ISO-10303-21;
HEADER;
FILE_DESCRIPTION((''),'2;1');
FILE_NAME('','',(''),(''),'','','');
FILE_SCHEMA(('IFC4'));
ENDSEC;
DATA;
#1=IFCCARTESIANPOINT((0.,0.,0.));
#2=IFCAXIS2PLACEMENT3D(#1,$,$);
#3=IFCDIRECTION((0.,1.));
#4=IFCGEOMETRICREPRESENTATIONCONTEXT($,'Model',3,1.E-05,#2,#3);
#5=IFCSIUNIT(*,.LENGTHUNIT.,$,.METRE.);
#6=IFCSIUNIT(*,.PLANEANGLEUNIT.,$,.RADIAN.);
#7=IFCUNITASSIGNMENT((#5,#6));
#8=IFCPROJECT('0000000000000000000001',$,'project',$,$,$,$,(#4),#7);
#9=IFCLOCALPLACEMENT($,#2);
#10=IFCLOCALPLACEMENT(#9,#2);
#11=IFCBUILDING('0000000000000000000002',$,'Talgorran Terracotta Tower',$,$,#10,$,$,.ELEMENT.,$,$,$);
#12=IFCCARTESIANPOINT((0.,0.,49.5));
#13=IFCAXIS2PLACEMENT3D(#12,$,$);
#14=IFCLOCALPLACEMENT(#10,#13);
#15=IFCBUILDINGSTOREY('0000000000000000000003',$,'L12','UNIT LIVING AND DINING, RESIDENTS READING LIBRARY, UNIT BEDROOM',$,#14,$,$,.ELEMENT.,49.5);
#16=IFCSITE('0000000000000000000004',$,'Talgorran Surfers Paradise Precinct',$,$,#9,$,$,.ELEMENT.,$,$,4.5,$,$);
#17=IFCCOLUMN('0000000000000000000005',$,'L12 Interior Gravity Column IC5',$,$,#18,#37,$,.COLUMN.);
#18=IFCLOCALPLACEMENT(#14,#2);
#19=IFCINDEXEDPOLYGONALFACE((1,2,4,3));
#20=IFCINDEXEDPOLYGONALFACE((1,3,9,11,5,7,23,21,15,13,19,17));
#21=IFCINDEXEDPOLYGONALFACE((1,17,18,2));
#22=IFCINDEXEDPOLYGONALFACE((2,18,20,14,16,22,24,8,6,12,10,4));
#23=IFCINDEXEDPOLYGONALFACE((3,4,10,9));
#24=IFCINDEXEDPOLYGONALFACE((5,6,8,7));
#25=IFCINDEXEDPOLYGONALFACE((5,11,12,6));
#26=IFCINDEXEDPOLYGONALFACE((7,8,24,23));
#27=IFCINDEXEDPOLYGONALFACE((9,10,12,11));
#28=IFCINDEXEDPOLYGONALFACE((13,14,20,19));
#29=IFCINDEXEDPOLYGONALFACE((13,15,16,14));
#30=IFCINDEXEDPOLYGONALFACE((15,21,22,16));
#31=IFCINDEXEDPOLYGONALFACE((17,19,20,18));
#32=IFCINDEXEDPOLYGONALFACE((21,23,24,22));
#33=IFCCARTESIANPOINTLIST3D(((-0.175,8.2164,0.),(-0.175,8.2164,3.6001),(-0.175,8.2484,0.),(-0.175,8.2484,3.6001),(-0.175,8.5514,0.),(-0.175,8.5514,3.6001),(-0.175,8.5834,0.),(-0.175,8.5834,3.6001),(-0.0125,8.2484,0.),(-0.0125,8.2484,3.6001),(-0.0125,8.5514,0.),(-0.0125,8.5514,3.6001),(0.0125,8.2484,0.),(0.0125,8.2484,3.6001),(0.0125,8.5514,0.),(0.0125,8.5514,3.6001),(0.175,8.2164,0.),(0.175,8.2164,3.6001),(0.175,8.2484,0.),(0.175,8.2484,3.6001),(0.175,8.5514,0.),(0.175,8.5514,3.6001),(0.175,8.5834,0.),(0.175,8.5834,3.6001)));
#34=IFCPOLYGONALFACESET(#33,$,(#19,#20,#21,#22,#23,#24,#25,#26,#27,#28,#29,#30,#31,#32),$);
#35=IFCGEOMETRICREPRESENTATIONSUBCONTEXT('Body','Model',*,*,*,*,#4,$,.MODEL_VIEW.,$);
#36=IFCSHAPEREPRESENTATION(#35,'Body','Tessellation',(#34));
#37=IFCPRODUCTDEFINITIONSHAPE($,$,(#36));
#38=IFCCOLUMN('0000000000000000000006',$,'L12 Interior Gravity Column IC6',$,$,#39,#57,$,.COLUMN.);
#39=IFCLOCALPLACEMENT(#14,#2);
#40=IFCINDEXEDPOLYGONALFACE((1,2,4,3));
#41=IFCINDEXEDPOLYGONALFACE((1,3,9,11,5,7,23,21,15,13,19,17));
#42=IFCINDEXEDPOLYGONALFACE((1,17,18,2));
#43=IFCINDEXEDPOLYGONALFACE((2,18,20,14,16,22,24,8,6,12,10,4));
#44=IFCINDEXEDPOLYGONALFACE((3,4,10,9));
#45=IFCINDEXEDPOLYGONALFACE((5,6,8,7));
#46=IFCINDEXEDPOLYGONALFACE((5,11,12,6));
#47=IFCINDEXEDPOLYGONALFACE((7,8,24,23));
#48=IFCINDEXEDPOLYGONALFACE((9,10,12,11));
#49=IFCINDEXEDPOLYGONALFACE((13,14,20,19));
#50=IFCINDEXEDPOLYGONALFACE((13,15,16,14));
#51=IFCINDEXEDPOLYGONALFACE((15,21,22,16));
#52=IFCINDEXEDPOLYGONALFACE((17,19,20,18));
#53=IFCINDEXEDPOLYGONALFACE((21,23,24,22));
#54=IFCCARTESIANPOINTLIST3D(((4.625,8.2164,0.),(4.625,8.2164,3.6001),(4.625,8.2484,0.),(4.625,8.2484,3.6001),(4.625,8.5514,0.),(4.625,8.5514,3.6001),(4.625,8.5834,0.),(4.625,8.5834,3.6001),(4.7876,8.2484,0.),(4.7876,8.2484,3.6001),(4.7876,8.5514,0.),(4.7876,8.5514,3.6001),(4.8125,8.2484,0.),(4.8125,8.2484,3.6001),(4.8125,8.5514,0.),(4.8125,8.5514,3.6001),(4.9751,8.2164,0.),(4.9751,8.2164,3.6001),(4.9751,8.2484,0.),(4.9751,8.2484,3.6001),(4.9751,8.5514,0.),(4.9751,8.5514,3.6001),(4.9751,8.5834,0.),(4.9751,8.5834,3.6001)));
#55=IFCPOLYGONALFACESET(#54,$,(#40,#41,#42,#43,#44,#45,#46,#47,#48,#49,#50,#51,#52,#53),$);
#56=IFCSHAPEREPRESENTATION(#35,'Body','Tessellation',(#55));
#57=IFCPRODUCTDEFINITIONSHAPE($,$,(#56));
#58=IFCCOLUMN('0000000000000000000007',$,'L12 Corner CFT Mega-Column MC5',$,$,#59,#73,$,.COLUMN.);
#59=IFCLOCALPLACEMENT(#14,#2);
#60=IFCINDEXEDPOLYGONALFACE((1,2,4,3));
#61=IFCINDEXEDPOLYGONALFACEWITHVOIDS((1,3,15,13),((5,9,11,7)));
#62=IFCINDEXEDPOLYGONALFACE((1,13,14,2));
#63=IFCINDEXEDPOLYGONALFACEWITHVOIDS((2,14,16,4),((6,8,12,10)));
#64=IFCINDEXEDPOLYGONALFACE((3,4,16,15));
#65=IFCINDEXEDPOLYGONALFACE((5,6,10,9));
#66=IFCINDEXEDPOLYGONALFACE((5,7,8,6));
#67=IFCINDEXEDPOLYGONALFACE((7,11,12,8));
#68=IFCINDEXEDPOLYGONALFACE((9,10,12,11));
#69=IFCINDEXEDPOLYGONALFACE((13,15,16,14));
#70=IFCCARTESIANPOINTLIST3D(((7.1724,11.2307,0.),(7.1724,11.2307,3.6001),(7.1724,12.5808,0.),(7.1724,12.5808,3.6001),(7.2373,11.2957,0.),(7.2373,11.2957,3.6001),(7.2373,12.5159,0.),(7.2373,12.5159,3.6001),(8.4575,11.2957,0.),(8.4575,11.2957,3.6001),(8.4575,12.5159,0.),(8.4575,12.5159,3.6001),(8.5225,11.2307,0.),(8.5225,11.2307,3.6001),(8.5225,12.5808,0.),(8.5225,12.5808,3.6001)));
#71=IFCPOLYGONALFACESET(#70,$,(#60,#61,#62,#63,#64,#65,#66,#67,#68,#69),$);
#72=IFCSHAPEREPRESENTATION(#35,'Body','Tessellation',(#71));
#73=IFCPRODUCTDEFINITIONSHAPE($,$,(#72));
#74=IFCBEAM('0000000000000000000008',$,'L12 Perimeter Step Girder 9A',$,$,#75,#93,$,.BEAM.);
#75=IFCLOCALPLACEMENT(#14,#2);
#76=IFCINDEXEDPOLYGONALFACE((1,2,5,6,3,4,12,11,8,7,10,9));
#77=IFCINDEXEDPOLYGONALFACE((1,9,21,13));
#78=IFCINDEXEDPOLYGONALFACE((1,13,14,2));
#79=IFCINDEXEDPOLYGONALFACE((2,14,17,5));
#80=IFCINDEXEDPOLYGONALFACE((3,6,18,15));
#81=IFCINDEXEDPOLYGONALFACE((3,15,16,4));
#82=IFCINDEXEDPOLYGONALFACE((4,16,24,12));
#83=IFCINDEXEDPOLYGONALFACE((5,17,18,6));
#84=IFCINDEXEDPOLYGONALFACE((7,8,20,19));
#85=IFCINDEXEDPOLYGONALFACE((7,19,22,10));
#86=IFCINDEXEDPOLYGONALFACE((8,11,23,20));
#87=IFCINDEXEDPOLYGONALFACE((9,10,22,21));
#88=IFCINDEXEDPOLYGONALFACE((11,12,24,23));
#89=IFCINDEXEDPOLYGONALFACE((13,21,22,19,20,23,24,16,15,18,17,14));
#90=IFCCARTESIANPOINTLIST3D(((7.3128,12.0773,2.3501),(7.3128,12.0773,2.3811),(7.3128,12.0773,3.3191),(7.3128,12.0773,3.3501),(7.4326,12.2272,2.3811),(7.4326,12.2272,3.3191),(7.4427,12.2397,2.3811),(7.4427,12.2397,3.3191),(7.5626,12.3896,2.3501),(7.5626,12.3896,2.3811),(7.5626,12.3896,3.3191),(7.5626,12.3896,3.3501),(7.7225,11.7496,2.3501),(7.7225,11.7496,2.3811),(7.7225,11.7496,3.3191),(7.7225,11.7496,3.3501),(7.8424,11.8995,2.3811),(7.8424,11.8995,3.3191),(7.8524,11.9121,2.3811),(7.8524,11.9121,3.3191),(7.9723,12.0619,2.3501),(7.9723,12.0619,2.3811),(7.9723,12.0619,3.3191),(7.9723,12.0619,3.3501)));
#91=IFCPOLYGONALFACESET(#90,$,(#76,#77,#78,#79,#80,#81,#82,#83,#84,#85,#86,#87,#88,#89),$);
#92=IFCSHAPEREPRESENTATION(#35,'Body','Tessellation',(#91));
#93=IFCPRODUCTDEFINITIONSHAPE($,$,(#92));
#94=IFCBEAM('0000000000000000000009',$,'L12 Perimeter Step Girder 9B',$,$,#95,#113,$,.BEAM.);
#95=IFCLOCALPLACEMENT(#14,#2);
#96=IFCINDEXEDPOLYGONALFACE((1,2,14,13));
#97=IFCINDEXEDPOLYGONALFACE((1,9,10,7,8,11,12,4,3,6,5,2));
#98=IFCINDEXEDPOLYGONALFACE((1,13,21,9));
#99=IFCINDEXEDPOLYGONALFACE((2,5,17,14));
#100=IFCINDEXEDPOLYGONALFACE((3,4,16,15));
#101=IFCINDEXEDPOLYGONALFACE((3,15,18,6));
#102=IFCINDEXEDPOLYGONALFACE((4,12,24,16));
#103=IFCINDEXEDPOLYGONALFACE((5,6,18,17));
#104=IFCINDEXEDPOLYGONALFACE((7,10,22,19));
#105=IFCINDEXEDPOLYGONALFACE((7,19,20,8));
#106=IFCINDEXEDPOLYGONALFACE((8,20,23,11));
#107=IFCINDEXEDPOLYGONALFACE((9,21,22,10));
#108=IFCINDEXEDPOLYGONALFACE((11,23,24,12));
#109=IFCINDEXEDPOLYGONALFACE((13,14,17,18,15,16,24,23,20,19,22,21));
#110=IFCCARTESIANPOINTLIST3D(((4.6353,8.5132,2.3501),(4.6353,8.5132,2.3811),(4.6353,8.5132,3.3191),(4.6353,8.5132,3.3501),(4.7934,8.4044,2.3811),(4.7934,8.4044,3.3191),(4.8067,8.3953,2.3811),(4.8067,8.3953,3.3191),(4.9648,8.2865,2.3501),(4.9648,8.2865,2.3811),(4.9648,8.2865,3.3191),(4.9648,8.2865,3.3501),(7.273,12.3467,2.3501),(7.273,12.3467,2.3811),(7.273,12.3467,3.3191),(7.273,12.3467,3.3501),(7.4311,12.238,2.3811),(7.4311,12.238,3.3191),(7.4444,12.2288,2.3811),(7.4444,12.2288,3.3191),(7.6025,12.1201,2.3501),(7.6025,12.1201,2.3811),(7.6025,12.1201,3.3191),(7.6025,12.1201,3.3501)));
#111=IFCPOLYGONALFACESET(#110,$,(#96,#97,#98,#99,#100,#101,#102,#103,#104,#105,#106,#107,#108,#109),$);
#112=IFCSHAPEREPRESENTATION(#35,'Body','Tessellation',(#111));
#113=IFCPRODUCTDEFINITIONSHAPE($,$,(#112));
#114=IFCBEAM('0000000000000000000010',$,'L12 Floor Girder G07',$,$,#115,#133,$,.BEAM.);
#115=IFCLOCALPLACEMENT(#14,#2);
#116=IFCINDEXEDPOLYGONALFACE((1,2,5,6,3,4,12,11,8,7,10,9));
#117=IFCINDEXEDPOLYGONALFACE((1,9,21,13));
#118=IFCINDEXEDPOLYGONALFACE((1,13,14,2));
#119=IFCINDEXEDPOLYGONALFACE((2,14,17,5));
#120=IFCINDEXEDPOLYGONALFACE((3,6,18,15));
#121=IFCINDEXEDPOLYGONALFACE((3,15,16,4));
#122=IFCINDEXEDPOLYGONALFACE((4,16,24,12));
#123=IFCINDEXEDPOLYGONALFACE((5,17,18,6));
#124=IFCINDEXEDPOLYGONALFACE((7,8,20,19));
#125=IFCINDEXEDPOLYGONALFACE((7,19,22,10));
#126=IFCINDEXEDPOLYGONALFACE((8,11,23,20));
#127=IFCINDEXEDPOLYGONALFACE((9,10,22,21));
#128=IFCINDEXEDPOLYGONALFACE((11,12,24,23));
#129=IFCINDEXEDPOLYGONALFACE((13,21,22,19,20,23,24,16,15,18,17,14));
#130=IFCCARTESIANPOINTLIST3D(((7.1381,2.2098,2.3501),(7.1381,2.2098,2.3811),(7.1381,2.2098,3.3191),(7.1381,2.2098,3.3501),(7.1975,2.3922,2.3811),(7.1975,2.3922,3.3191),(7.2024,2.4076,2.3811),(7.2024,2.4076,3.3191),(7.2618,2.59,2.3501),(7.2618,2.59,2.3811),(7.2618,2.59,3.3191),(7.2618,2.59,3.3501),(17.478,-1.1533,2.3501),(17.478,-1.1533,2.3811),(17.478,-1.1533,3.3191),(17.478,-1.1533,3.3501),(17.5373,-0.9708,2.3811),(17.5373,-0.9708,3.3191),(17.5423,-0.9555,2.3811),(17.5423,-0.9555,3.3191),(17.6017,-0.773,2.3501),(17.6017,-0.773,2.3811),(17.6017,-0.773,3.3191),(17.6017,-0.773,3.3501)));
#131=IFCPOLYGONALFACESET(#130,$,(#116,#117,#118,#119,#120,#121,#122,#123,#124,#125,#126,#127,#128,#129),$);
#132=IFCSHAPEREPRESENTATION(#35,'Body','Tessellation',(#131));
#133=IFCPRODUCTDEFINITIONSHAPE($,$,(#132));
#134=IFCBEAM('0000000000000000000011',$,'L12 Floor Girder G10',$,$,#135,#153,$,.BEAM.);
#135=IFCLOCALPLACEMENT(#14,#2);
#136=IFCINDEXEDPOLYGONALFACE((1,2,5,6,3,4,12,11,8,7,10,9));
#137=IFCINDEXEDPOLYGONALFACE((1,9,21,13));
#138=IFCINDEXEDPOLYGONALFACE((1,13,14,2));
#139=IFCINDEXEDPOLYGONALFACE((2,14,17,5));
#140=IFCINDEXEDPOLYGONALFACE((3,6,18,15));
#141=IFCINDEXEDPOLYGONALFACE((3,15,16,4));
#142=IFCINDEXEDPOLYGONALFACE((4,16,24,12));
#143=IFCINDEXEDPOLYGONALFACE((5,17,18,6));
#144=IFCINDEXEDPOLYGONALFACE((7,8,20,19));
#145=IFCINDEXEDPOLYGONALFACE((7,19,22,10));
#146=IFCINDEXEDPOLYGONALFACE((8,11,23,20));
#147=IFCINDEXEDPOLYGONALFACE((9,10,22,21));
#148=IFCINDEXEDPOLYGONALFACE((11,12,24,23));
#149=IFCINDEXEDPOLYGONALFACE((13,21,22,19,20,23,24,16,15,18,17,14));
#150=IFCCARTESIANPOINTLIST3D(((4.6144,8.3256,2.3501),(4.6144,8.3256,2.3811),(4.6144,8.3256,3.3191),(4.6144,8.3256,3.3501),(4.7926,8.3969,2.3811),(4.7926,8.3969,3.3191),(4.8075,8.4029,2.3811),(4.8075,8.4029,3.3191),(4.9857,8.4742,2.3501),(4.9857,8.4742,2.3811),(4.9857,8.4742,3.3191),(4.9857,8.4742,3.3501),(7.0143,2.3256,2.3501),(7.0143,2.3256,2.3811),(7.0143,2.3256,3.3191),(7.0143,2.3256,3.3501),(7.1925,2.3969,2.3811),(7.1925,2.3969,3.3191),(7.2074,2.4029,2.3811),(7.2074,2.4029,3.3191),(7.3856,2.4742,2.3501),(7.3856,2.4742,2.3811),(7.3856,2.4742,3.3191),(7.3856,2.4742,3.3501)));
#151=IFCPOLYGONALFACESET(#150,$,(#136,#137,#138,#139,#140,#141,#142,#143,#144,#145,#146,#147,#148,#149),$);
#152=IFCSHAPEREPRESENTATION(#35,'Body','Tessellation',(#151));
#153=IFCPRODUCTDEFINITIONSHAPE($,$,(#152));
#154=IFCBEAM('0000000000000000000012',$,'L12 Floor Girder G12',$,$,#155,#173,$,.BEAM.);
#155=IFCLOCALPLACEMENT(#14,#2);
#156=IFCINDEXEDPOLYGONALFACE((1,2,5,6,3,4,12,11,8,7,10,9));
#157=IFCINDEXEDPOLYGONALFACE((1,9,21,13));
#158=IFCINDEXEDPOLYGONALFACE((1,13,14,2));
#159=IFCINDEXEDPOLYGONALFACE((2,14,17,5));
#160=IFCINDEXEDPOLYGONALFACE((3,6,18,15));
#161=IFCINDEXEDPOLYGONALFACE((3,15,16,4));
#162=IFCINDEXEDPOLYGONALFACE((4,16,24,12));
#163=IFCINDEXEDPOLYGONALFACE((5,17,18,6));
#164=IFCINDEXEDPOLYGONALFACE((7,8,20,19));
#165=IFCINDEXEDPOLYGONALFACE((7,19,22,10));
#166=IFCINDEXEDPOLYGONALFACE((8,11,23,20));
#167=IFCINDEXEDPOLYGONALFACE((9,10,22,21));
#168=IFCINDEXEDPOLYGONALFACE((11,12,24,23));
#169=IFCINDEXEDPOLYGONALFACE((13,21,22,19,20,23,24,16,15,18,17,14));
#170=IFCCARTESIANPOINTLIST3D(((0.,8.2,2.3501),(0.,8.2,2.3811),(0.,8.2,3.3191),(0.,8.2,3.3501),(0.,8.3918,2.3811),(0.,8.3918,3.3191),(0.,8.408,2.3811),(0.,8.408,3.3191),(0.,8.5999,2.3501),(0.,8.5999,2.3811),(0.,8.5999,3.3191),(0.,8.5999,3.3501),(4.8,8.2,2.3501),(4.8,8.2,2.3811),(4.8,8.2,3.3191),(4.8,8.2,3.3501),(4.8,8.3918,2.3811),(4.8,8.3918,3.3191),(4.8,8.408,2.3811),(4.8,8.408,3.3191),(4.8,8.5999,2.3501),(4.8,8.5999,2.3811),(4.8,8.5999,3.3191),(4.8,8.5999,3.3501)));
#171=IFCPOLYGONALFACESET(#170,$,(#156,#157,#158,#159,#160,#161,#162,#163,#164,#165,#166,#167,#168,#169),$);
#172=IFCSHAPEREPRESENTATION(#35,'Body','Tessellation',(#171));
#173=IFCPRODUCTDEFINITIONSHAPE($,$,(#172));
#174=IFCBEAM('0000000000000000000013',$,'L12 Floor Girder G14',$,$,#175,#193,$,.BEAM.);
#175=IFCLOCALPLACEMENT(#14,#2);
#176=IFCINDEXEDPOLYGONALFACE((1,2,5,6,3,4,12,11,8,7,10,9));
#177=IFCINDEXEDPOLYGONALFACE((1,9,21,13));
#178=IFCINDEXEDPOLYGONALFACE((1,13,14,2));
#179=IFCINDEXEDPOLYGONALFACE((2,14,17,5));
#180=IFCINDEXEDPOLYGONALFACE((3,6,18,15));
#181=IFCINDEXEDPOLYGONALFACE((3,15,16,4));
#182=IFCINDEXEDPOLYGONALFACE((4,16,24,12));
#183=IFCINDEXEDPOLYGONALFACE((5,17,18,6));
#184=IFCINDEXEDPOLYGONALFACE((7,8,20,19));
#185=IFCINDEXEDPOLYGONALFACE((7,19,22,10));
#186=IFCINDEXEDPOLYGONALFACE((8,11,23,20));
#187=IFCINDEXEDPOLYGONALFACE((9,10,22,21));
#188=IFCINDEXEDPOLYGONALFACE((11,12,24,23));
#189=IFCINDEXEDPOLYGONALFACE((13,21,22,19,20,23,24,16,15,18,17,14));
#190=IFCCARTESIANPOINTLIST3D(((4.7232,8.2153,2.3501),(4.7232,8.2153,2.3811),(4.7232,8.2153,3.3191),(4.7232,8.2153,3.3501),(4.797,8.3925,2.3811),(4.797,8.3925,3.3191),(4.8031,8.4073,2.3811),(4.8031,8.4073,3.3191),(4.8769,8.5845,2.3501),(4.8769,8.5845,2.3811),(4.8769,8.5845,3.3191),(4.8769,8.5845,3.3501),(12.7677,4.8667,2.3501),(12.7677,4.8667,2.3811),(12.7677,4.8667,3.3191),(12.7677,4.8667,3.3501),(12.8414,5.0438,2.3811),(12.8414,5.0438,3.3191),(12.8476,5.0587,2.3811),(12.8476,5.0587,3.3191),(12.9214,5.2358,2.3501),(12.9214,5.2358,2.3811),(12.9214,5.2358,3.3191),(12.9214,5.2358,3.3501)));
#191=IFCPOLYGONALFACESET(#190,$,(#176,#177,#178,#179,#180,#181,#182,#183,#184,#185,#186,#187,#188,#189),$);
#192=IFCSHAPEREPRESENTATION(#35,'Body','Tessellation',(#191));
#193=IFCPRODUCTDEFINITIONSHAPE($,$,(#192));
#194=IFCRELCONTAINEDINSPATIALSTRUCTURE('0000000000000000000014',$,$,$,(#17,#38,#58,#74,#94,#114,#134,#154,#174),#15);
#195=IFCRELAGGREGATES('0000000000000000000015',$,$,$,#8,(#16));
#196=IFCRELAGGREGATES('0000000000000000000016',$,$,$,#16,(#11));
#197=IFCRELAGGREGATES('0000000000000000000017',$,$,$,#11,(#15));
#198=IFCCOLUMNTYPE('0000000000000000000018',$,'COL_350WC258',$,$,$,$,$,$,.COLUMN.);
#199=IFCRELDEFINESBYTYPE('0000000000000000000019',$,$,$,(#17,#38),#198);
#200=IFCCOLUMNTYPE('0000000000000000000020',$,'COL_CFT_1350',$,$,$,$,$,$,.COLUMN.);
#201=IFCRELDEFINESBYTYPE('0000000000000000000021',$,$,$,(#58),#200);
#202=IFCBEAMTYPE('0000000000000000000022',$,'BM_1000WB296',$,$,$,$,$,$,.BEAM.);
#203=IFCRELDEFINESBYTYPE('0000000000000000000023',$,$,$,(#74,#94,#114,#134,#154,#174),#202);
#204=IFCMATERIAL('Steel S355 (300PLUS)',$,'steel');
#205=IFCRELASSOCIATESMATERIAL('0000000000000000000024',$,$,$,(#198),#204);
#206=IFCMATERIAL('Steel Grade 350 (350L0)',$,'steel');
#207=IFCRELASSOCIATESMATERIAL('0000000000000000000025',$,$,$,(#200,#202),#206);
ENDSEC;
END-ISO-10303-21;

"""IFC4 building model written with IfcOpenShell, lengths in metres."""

from ifc_helpers import new_model, si_unit, direction, frame, origin, origin_2d, place, context, subcontext, project, spatial, hollow_rectangle, i_section, extrude, material, material_profile, profile_set, type_object, element, save


model = new_model("IFC4")

# Units and contexts
model_context = context("Model", 3, precision=1e-05, world=origin(), true_north=direction((0.0, 1.0)))
body_context = subcontext(model_context, "Body", "Model", "MODEL_VIEW")
ifc_project = project(units=[si_unit("LENGTHUNIT", "METRE"), si_unit("PLANEANGLEUNIT", "RADIAN")], contexts=[model_context])

# Site, building, storey
site_placement = place(None, origin())
site = spatial("IfcSite", under=ifc_project, at=site_placement, Name="Talgorran Surfers Paradise Precinct", CompositionType="ELEMENT", RefElevation=4.5)
building_placement = place(site_placement, origin())
building = spatial("IfcBuilding", under=site, at=building_placement, Name="Talgorran Terracotta Tower", CompositionType="ELEMENT")
storey_placement = place(building_placement, frame((0.0, 0.0, 49.5)))
storey = spatial("IfcBuildingStorey", under=building, at=storey_placement, Name="L12", Description="UNIT LIVING AND DINING, RESIDENTS READING LIBRARY, UNIT BEDROOM", CompositionType="ELEMENT", Elevation=49.5)

# Columns
ifc_material_1 = material(Name="Steel S355 (300PLUS)", Category="steel")
ifc_material_profile_1 = material_profile(ifc_material_1, i_section(OverallWidth=0.3501, OverallDepth=0.3669, WebThickness=0.0249, FlangeThickness=0.032, at=origin_2d()), Name="350WC258")
ifc_profile_set_1 = profile_set([ifc_material_profile_1], Name="Steel S355 (300PLUS)")
column_type_1 = type_object("IfcColumnType", Name="COL_350WC258", PredefinedType="COLUMN", material=ifc_profile_set_1)
for number, where, z_axis, x_axis, name in (
    (1, (0.0, 8.3999, 0.0), (0.0, 0.0, 1.0), (1.0, 0.0, 0.0), "L12 Interior Gravity Column IC5"),
    (2, (4.8, 8.3999, 0.0), (0.0, 0.0, 1.0), (1.0, 0.0, 0.0), "L12 Interior Gravity Column IC6"),
):
    element("IfcColumn", number, at=place(storey_placement, frame(where, z_axis=z_axis, x_axis=x_axis)), inside=storey, type_object=column_type_1, Name=name, PredefinedType="COLUMN", context=body_context, shape_type="SweptSolid", body=[
        extrude(i_section(OverallWidth=0.3501, OverallDepth=0.3669, WebThickness=0.0249, FlangeThickness=0.032, at=origin_2d()), origin(), (0.0, 0.0, 1.0), 3.6001),
    ])
ifc_material_2 = material(Name="Steel Grade 350 (350L0)", Category="steel")
ifc_material_profile_2 = material_profile(ifc_material_2, hollow_rectangle(XDim=1.3501, YDim=1.3501, WallThickness=0.0649, at=origin_2d()), Name="CFT1350X1350X65")
ifc_profile_set_2 = profile_set([ifc_material_profile_2], Name="Steel Grade 350 (350L0)")
column_type_2 = type_object("IfcColumnType", Name="COL_CFT_1350", PredefinedType="COLUMN", material=ifc_profile_set_2)
column_placement = place(storey_placement, frame((7.8474, 11.9058, 0.0), z_axis=(0.0, 0.0, 1.0), x_axis=(1.0, 0.0, 0.0)))
element("IfcColumn", 3, at=column_placement, inside=storey, type_object=column_type_2, Name="L12 Corner CFT Mega-Column MC5", PredefinedType="COLUMN", context=body_context, shape_type="SweptSolid", body=[
    extrude(hollow_rectangle(XDim=1.3501, YDim=1.3501, WallThickness=0.0649, at=origin_2d()), origin(), (0.0, 0.0, 1.0), 3.6001),
])

# Beams
ifc_material_profile_3 = material_profile(ifc_material_2, i_section(OverallWidth=0.3999, OverallDepth=1.0, WebThickness=0.0161, FlangeThickness=0.031, at=origin_2d()), Name="1000WB296")
ifc_profile_set_3 = profile_set([ifc_material_profile_3], Name="Steel Grade 350 (350L0)")
beam_type_1 = type_object("IfcBeamType", Name="BM_1000WB296", PredefinedType="BEAM", material=ifc_profile_set_3)
beam_1_placement = place(storey_placement, frame((7.8474, 11.9058, 2.8501), z_axis=(-0.78096, 0.624582, 0.0), x_axis=(-0.624582, -0.78096, 0.0)))
element("IfcBeam", 4, at=beam_1_placement, inside=storey, type_object=beam_type_1, Name="L12 Perimeter Step Girder 9A", PredefinedType="BEAM", context=body_context, shape_type="SweptSolid", body=[
    extrude(i_section(OverallWidth=0.3999, OverallDepth=1.0, WebThickness=0.0161, FlangeThickness=0.031, at=origin_2d()), origin(), (0.0, 0.0, 1.0), 0.5247),
])
beam_2_placement = place(storey_placement, frame((7.4377, 12.2334, 2.8501), z_axis=(-0.566845, -0.823824, 0.0), x_axis=(0.823824, -0.566845, 0.0)))
element("IfcBeam", 5, at=beam_2_placement, inside=storey, type_object=beam_type_1, Name="L12 Perimeter Step Girder 9B", PredefinedType="BEAM", context=body_context, shape_type="SweptSolid", body=[
    extrude(i_section(OverallWidth=0.3999, OverallDepth=1.0, WebThickness=0.0161, FlangeThickness=0.031, at=origin_2d()), origin(), (0.0, 0.0, 1.0), 4.6533),
])
beam_3_placement = place(storey_placement, frame((7.2, 2.3999, 2.8501), z_axis=(0.950964, -0.309301, 0.0), x_axis=(0.309301, 0.950964, 0.0)))
element("IfcBeam", 6, at=beam_3_placement, inside=storey, type_object=beam_type_1, Name="L12 Floor Girder G07", PredefinedType="BEAM", context=body_context, shape_type="SweptSolid", body=[
    extrude(i_section(OverallWidth=0.3999, OverallDepth=1.0, WebThickness=0.0161, FlangeThickness=0.031, at=origin_2d()), origin(), (0.0, 0.0, 1.0), 10.873),
])
beam_4_placement = place(storey_placement, frame((7.2, 2.3999, 2.8501), z_axis=(-0.371378, 0.928482, 0.0), x_axis=(-0.928482, -0.371378, 0.0)))
element("IfcBeam", 7, at=beam_4_placement, inside=storey, type_object=beam_type_1, Name="L12 Floor Girder G10", PredefinedType="BEAM", context=body_context, shape_type="SweptSolid", body=[
    extrude(i_section(OverallWidth=0.3999, OverallDepth=1.0, WebThickness=0.0161, FlangeThickness=0.031, at=origin_2d()), origin(), (0.0, 0.0, 1.0), 6.4622),
])
beam_5_placement = place(storey_placement, frame((0.0, 8.3999, 2.8501), z_axis=(1.0, 0.0, 0.0), x_axis=(0.0, 1.0, 0.0)))
element("IfcBeam", 8, at=beam_5_placement, inside=storey, type_object=beam_type_1, Name="L12 Floor Girder G12", PredefinedType="BEAM", context=body_context, shape_type="SweptSolid", body=[
    extrude(i_section(OverallWidth=0.3999, OverallDepth=1.0, WebThickness=0.0161, FlangeThickness=0.031, at=origin_2d()), origin(), (0.0, 0.0, 1.0), 4.8),
])
beam_6_placement = place(storey_placement, frame((4.8, 8.3999, 2.8501), z_axis=(0.923208, -0.384301, 0.0), x_axis=(0.384301, 0.923208, 0.0)))
element("IfcBeam", 9, at=beam_6_placement, inside=storey, type_object=beam_type_1, Name="L12 Floor Girder G14", PredefinedType="BEAM", context=body_context, shape_type="SweptSolid", body=[
    extrude(i_section(OverallWidth=0.3999, OverallDepth=1.0, WebThickness=0.0161, FlangeThickness=0.031, at=origin_2d()), origin(), (0.0, 0.0, 1.0), 8.7136),
])

save(model, "model.ifc")
